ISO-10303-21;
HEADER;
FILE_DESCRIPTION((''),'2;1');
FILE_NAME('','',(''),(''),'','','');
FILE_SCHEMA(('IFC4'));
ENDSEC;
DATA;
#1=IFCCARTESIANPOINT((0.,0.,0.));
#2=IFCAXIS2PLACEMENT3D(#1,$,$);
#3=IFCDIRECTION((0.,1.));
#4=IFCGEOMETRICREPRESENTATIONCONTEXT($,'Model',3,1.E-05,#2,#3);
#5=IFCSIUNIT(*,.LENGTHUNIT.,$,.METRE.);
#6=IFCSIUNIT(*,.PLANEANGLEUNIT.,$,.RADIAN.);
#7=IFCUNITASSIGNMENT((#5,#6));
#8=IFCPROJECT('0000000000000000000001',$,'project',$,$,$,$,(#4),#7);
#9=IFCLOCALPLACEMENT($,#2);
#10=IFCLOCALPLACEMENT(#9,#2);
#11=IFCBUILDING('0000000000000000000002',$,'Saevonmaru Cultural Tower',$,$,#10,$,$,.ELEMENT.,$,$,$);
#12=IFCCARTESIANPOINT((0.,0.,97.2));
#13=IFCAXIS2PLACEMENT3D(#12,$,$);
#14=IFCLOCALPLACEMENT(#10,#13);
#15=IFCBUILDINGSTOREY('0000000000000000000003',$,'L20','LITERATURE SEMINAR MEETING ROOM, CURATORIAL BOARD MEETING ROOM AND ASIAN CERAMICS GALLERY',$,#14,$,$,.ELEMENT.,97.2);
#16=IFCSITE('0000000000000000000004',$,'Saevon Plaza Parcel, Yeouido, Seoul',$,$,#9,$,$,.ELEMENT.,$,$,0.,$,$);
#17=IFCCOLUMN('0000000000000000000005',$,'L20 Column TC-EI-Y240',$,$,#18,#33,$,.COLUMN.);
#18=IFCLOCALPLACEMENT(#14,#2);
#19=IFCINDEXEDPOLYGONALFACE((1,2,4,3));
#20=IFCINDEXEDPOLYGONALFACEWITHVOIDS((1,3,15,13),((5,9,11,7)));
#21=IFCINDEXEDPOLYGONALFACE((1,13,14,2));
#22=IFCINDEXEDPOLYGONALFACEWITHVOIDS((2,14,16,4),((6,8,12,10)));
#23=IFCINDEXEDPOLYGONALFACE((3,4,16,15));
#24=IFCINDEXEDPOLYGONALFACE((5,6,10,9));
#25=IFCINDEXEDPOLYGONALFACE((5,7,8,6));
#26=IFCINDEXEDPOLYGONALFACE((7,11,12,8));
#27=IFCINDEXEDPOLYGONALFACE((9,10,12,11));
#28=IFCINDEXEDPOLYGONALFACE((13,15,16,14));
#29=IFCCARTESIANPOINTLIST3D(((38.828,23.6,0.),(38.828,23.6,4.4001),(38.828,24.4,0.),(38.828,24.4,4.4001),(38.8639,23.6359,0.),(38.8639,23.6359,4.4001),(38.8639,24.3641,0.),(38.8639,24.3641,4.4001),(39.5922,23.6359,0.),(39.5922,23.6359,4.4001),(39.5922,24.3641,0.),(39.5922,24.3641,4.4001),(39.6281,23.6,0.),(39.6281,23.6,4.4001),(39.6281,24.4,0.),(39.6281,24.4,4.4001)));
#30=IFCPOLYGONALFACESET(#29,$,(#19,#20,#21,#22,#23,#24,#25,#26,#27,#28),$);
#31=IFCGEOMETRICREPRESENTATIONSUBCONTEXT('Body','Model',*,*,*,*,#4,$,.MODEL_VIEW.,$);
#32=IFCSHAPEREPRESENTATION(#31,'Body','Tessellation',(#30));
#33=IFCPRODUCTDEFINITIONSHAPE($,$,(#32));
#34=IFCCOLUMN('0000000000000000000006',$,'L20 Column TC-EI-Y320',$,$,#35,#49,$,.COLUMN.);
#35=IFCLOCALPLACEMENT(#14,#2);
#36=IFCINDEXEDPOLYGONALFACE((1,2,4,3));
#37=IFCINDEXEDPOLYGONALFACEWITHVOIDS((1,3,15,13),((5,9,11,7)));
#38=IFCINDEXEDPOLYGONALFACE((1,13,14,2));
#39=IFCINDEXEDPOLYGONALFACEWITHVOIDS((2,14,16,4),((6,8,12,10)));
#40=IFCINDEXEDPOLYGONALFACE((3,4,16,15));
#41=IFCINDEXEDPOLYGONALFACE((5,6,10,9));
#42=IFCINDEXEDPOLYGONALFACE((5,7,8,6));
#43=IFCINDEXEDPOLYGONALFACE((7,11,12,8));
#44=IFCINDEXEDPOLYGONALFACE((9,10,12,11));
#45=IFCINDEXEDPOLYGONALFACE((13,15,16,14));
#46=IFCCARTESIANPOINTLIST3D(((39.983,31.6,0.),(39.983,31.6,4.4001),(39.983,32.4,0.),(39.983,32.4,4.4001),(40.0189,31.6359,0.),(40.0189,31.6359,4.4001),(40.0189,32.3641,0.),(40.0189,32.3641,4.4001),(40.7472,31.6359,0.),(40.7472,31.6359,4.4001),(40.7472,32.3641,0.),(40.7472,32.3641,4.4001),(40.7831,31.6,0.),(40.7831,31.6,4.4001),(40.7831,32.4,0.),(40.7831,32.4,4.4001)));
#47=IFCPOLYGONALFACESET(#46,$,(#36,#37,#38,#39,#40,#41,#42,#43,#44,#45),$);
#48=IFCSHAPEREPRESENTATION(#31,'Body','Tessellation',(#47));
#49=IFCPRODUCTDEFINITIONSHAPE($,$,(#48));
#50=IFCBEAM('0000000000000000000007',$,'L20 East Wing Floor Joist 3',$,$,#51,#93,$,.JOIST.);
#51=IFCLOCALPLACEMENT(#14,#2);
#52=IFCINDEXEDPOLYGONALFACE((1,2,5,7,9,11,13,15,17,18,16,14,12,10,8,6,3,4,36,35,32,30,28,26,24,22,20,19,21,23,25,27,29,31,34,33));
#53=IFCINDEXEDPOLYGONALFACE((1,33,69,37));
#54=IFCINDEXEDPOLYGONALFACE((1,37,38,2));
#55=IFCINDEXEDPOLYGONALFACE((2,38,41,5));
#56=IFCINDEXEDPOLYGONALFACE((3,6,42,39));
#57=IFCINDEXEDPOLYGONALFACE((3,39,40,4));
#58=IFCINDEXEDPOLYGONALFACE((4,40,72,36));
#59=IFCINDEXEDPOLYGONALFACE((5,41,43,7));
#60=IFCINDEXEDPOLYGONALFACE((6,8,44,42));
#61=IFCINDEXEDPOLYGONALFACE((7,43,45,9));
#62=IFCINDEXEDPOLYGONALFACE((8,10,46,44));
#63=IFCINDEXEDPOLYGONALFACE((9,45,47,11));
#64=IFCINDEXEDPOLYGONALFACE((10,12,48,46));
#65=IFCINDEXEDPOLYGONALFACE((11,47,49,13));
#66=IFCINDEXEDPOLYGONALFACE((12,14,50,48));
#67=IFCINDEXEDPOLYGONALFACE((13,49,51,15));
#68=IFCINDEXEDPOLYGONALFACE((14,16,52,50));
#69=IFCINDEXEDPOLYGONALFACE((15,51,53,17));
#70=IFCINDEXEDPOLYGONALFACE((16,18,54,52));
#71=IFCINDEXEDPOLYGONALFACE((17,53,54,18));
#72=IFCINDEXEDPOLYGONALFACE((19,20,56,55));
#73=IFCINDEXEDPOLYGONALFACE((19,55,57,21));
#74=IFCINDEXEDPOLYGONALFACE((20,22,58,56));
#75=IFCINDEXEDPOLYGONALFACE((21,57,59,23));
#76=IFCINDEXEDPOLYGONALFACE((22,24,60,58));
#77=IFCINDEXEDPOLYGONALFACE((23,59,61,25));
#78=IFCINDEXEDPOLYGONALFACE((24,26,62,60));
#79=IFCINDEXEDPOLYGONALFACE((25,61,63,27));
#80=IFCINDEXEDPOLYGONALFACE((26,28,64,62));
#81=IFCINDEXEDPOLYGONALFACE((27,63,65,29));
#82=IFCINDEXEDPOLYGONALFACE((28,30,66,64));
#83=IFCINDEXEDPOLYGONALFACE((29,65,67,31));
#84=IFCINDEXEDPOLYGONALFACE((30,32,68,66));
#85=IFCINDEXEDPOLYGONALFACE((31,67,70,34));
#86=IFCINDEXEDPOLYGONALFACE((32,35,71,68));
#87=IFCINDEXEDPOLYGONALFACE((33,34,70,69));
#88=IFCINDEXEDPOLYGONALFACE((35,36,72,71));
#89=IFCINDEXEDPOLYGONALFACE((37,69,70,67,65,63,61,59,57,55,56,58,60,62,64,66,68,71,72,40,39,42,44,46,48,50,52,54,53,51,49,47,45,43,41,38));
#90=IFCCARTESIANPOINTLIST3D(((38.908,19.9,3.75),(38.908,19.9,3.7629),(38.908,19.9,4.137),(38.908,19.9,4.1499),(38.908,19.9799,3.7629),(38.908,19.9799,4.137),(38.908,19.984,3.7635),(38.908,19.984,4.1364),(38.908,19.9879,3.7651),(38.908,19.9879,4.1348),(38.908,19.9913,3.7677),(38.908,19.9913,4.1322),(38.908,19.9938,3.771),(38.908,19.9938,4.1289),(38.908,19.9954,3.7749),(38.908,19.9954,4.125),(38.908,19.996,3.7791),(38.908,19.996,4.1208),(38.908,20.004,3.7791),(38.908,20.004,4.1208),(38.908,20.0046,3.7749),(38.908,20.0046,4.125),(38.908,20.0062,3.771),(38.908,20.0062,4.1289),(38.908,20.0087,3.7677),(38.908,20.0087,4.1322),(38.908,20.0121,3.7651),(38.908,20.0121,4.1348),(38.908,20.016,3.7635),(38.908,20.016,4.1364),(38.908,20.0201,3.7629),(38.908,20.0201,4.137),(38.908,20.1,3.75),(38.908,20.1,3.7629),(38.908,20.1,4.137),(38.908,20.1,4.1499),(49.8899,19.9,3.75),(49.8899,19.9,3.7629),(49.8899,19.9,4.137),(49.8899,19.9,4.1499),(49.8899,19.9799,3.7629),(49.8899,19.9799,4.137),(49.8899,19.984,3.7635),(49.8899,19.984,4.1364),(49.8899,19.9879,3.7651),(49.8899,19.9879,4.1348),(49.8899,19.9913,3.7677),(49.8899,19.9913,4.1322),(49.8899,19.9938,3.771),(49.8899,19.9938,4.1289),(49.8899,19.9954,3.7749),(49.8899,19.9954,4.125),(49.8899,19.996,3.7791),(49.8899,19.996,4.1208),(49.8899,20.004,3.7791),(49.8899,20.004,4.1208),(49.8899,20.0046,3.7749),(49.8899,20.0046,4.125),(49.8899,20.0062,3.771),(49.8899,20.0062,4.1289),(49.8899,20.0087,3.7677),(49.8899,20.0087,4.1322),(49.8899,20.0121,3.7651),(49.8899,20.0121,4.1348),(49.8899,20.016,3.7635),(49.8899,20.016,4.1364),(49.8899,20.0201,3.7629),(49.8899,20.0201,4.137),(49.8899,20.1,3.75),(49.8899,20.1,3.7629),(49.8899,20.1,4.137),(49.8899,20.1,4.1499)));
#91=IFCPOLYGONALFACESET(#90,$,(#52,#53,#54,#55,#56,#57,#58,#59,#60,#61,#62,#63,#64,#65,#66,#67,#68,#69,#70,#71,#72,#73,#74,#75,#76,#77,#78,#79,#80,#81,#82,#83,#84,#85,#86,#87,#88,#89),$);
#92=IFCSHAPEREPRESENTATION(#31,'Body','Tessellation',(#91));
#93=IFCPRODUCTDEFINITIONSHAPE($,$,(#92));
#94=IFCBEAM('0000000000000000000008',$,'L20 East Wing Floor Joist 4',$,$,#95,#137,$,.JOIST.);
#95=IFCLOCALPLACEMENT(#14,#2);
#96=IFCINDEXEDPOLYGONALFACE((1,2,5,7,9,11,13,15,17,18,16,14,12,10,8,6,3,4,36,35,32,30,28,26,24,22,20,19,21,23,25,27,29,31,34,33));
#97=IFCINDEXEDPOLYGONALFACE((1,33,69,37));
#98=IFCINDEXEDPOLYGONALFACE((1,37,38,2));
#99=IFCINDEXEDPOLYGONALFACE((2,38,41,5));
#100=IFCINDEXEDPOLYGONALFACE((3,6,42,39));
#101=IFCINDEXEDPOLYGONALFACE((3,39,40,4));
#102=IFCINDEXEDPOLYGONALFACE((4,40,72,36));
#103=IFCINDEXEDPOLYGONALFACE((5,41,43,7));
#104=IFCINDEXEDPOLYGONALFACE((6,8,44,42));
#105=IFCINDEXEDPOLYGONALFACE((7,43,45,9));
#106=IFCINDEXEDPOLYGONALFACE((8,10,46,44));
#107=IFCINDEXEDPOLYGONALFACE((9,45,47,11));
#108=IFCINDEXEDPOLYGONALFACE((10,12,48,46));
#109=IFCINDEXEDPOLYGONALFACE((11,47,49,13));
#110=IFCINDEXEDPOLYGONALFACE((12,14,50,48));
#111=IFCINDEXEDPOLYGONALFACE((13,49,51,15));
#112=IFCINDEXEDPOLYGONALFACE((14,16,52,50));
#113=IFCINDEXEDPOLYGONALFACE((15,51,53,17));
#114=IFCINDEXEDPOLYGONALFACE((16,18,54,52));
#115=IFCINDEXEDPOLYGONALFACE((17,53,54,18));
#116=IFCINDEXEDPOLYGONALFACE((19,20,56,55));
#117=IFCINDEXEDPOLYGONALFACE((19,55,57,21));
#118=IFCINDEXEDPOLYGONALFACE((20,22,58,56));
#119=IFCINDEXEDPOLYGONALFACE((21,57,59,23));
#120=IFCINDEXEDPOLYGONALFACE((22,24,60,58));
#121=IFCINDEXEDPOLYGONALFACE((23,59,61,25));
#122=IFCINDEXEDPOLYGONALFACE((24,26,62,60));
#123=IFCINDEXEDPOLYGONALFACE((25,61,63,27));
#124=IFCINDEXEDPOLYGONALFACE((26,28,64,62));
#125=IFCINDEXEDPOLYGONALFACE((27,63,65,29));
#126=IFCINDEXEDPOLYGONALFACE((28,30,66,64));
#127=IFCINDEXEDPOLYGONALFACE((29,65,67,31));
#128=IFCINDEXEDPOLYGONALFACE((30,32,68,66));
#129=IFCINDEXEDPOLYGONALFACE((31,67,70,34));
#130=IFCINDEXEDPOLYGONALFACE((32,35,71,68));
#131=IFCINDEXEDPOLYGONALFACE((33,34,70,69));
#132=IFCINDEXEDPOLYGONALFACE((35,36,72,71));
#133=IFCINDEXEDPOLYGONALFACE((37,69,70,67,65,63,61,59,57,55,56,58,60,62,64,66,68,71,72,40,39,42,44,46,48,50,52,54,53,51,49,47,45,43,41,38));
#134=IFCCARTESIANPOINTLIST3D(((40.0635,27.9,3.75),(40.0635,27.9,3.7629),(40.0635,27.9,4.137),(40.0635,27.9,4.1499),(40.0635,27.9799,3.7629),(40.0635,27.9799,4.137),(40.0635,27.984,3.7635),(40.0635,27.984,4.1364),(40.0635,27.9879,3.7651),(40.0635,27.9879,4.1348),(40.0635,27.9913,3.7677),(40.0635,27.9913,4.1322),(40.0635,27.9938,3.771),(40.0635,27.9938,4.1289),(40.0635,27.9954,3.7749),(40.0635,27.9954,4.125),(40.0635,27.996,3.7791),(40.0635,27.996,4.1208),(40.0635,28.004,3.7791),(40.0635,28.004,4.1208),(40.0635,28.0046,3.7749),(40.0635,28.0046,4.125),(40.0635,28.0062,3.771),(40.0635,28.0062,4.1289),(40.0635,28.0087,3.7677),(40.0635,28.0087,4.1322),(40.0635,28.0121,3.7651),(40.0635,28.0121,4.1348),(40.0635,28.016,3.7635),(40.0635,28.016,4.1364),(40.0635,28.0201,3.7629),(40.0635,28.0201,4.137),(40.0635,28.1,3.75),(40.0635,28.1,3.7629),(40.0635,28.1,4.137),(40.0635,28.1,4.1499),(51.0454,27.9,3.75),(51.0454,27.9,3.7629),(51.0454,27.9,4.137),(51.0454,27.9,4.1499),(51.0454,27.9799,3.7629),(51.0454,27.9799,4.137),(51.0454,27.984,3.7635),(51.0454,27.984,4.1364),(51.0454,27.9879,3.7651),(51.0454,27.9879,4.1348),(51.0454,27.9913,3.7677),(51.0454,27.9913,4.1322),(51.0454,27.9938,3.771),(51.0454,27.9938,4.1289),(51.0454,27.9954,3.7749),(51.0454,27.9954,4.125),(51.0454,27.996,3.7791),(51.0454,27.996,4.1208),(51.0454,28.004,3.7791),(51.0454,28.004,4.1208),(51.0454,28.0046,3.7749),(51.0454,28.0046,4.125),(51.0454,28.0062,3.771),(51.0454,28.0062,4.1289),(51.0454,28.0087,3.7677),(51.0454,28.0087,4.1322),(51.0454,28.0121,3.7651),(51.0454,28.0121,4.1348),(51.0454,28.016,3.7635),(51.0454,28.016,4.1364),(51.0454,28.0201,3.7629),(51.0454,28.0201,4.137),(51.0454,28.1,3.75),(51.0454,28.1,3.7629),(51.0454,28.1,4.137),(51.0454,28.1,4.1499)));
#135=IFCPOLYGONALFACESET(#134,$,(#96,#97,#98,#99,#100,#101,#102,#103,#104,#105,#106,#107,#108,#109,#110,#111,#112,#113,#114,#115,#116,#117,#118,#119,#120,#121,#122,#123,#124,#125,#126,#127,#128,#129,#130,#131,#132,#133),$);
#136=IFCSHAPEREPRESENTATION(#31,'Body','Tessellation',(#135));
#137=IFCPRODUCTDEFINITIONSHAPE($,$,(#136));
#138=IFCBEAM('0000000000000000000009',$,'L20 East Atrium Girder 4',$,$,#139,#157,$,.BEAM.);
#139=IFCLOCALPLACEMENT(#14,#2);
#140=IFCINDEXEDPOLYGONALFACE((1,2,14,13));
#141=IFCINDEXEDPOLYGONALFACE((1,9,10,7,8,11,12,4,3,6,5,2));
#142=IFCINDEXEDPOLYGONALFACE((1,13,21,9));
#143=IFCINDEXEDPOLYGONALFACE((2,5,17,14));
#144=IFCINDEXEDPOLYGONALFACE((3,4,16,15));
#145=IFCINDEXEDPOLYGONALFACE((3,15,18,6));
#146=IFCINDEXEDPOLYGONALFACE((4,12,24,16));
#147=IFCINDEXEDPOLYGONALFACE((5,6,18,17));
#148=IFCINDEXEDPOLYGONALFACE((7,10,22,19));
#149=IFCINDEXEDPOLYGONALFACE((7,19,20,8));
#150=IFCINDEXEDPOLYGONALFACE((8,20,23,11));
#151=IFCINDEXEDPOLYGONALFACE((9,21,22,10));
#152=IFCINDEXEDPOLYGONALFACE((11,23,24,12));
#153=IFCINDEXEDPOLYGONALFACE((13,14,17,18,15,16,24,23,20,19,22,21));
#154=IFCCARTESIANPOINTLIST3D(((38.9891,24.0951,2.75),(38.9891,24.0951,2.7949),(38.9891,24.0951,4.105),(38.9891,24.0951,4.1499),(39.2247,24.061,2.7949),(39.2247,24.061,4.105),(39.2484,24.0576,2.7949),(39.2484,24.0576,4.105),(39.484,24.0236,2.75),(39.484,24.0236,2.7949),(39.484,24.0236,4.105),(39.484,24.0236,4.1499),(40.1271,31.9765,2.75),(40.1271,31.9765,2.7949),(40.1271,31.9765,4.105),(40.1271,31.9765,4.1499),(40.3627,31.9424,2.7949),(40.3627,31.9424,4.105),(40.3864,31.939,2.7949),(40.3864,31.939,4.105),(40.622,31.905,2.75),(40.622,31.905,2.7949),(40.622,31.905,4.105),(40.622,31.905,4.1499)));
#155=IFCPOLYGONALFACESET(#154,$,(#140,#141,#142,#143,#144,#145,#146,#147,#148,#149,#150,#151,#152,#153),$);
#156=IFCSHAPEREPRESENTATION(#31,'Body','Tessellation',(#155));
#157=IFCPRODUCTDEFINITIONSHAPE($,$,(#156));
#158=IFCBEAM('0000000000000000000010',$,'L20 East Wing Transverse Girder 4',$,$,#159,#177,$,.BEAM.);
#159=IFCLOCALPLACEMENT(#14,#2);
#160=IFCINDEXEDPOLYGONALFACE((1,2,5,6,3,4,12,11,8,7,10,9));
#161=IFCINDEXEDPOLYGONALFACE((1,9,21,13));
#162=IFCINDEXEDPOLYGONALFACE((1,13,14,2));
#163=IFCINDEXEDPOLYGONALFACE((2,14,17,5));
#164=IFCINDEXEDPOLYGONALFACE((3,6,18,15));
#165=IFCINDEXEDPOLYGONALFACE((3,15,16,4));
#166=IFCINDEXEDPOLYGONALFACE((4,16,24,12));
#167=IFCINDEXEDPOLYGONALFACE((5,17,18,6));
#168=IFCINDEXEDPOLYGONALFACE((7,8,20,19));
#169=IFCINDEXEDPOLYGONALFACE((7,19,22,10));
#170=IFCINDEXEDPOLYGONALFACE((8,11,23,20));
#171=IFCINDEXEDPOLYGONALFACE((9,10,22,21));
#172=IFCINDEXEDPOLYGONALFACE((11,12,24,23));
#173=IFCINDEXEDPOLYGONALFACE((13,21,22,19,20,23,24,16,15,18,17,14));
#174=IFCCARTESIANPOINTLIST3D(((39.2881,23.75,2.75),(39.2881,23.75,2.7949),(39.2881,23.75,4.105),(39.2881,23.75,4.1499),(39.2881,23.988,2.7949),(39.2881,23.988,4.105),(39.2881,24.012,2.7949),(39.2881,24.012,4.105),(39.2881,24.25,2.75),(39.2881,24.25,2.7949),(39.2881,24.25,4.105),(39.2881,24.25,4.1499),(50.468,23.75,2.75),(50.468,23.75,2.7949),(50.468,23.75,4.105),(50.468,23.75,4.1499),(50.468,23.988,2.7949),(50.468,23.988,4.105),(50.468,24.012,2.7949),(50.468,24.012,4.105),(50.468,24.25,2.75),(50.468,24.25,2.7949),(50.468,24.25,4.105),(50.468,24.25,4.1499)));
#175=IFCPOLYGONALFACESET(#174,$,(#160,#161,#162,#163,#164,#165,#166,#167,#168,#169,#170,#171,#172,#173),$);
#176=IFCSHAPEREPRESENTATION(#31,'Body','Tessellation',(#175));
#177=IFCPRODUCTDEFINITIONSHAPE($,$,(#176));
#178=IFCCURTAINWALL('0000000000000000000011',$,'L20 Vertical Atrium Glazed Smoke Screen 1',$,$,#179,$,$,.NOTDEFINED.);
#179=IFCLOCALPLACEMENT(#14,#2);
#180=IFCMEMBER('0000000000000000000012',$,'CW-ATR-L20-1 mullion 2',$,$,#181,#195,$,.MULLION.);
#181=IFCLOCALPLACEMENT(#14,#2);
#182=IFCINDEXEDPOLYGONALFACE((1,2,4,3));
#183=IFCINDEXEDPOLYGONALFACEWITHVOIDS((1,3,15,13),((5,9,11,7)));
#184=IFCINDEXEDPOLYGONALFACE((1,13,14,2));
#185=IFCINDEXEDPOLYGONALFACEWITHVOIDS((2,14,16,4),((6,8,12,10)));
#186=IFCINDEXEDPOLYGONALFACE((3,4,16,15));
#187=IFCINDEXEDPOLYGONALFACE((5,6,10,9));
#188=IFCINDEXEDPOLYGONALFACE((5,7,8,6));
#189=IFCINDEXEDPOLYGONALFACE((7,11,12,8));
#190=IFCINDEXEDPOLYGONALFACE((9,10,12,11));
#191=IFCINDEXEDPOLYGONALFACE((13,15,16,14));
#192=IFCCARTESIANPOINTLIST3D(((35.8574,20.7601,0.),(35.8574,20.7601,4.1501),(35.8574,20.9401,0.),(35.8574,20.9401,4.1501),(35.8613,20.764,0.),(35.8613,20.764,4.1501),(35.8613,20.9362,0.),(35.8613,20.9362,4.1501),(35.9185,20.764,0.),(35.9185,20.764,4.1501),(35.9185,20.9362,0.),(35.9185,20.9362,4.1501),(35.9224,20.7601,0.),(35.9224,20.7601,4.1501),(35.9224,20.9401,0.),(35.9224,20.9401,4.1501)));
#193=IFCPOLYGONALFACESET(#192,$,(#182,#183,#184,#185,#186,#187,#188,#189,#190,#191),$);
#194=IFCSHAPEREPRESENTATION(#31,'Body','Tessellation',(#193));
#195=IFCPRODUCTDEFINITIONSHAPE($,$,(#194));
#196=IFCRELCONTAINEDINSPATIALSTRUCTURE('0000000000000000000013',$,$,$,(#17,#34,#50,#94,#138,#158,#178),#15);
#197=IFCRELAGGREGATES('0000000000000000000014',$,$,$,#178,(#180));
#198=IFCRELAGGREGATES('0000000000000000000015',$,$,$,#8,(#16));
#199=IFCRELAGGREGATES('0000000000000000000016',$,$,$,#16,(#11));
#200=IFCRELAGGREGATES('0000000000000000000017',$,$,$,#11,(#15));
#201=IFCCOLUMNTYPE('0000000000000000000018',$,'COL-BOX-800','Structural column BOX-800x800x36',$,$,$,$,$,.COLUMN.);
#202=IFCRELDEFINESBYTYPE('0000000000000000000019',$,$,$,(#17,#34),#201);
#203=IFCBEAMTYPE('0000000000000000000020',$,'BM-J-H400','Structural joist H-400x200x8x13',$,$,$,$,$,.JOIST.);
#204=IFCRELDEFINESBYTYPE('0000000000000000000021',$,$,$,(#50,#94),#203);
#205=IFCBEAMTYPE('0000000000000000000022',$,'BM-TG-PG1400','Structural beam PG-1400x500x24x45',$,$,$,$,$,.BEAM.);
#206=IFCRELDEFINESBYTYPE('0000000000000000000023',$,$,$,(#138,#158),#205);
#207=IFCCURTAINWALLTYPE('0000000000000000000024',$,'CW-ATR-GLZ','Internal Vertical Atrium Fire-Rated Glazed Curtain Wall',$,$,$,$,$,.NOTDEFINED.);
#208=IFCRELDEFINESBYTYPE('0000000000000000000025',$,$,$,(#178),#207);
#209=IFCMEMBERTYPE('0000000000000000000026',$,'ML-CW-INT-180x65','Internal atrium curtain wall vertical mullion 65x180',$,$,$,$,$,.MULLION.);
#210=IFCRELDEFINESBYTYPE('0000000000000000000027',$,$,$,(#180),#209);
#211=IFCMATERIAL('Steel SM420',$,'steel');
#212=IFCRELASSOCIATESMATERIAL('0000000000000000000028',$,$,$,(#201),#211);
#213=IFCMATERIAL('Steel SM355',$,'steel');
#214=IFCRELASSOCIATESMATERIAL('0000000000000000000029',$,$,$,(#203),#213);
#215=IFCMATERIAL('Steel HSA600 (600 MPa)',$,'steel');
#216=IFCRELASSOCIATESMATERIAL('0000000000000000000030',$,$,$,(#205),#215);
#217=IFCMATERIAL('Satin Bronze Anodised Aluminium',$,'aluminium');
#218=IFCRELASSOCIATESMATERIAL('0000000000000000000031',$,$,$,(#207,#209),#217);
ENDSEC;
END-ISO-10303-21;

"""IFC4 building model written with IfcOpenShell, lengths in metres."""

from ifc_helpers import new_model, si_unit, direction, frame, origin, origin_2d, place, context, subcontext, project, spatial, hollow_rectangle, i_section, extrude, material, material_profile, profile_set, type_object, element, aggregate, save


model = new_model("IFC4")

# Units and contexts
model_context = context("Model", 3, precision=1e-05, world=origin(), true_north=direction((0.0, 1.0)))
body_context = subcontext(model_context, "Body", "Model", "MODEL_VIEW")
ifc_project = project(units=[si_unit("LENGTHUNIT", "METRE"), si_unit("PLANEANGLEUNIT", "RADIAN")], contexts=[model_context])

# Site, building, storey
site_placement = place(None, origin())
site = spatial("IfcSite", under=ifc_project, at=site_placement, Name="Saevon Plaza Parcel, Yeouido, Seoul", CompositionType="ELEMENT", RefElevation=0.0)
building_placement = place(site_placement, origin())
building = spatial("IfcBuilding", under=site, at=building_placement, Name="Saevonmaru Cultural Tower", CompositionType="ELEMENT")
storey_placement = place(building_placement, frame((0.0, 0.0, 97.2)))
storey = spatial("IfcBuildingStorey", under=building, at=storey_placement, Name="L20", Description="LITERATURE SEMINAR MEETING ROOM, CURATORIAL BOARD MEETING ROOM AND ASIAN CERAMICS GALLERY", CompositionType="ELEMENT", Elevation=97.2)

# Columns
ifc_material_1 = material(Name="Steel SM420", Category="steel")
ifc_material_profile_1 = material_profile(ifc_material_1, hollow_rectangle(XDim=0.8, YDim=0.8, WallThickness=0.0359, at=origin_2d()), Name="BOX-800x800x36")
ifc_profile_set_1 = profile_set([ifc_material_profile_1], Name="Steel SM420")
column_type = type_object("IfcColumnType", Name="COL-BOX-800", Description="Structural column BOX-800x800x36", PredefinedType="COLUMN", material=ifc_profile_set_1)
for number, where, z_axis, x_axis, name in (
    (1, (39.228, 24.0, 0.0), (0.0, 0.0, 1.0), (1.0, 0.0, 0.0), "L20 Column TC-EI-Y240"),
    (2, (40.3831, 32.0, 0.0), (0.0, 0.0, 1.0), (1.0, 0.0, 0.0), "L20 Column TC-EI-Y320"),
):
    element("IfcColumn", number, at=place(storey_placement, frame(where, z_axis=z_axis, x_axis=x_axis)), inside=storey, type_object=column_type, Name=name, PredefinedType="COLUMN", context=body_context, shape_type="SweptSolid", body=[
        extrude(hollow_rectangle(XDim=0.8, YDim=0.8, WallThickness=0.0359, at=origin_2d()), origin(), (0.0, 0.0, 1.0), 4.4001),
    ])

# Beams
ifc_material_2 = material(Name="Steel SM355", Category="steel")
ifc_material_profile_2 = material_profile(ifc_material_2, i_section(OverallWidth=0.2, OverallDepth=0.3999, WebThickness=0.0081, FlangeThickness=0.0129, FilletRadius=0.0161, at=origin_2d()), Name="H-400x200x8x13")
ifc_profile_set_2 = profile_set([ifc_material_profile_2], Name="Steel SM355")
beam_type_1 = type_object("IfcBeamType", Name="BM-J-H400", Description="Structural joist H-400x200x8x13", PredefinedType="JOIST", material=ifc_profile_set_2)
for number, where, z_axis, x_axis, name in (
    (3, (38.908, 20.0, 3.95), (1.0, 0.0, 0.0), (0.0, 1.0, 0.0), "L20 East Wing Floor Joist 3"),
    (4, (40.0635, 28.0, 3.95), (1.0, 0.0, 0.0), (0.0, 1.0, 0.0), "L20 East Wing Floor Joist 4"),
):
    element("IfcBeam", number, at=place(storey_placement, frame(where, z_axis=z_axis, x_axis=x_axis)), inside=storey, type_object=beam_type_1, Name=name, PredefinedType="JOIST", context=body_context, shape_type="SweptSolid", body=[
        extrude(i_section(OverallWidth=0.2, OverallDepth=0.3999, WebThickness=0.0081, FlangeThickness=0.0129, FilletRadius=0.0161, at=origin_2d()), origin(), (0.0, 0.0, 1.0), 10.9819),
    ])
ifc_material_3 = material(Name="Steel HSA600 (600 MPa)", Category="steel")
ifc_material_profile_3 = material_profile(ifc_material_3, i_section(OverallWidth=0.5, OverallDepth=1.3999, WebThickness=0.0239, FlangeThickness=0.0449, at=origin_2d()), Name="PG-1400x500x24x45")
ifc_profile_set_3 = profile_set([ifc_material_profile_3], Name="Steel HSA600 (600 MPa)")
beam_type_2 = type_object("IfcBeamType", Name="BM-TG-PG1400", Description="Structural beam PG-1400x500x24x45", PredefinedType="BEAM", material=ifc_profile_set_3)
beam_1_placement = place(storey_placement, frame((39.2366, 24.0593, 3.45), z_axis=(0.142902, 0.989737, 0.0), x_axis=(-0.989737, 0.142902, 0.0)))
element("IfcBeam", 5, at=beam_1_placement, inside=storey, type_object=beam_type_2, Name="L20 East Atrium Girder 4", PredefinedType="BEAM", context=body_context, shape_type="SweptSolid", body=[
    extrude(i_section(OverallWidth=0.5, OverallDepth=1.3999, WebThickness=0.0239, FlangeThickness=0.0449, at=origin_2d()), origin(), (0.0, 0.0, 1.0), 7.9631),
])
beam_2_placement = place(storey_placement, frame((39.2881, 24.0, 3.45), z_axis=(1.0, 0.0, 0.0), x_axis=(0.0, 1.0, 0.0)))
element("IfcBeam", 6, at=beam_2_placement, inside=storey, type_object=beam_type_2, Name="L20 East Wing Transverse Girder 4", PredefinedType="BEAM", context=body_context, shape_type="SweptSolid", body=[
    extrude(i_section(OverallWidth=0.5, OverallDepth=1.3999, WebThickness=0.0239, FlangeThickness=0.0449, at=origin_2d()), origin(), (0.0, 0.0, 1.0), 11.1799),
])

# Curtain wall, member
ifc_material_4 = material(Name="Satin Bronze Anodised Aluminium", Category="aluminium")
curtain_wall_type = type_object("IfcCurtainWallType", Name="CW-ATR-GLZ", Description="Internal Vertical Atrium Fire-Rated Glazed Curtain Wall", PredefinedType="NOTDEFINED", material=ifc_material_4)
curtain_wall_1_placement = place(storey_placement, origin())
curtain_wall_1 = element("IfcCurtainWall", 7, at=curtain_wall_1_placement, inside=storey, type_object=curtain_wall_type, Name="L20 Vertical Atrium Glazed Smoke Screen 1", PredefinedType="NOTDEFINED")
ifc_material_profile_4 = material_profile(ifc_material_4, hollow_rectangle(XDim=0.0649, YDim=0.1799, WallThickness=0.0039, at=origin_2d()), Name="ALU-MULL-180x65x4")
ifc_profile_set_4 = profile_set([ifc_material_profile_4], Name="Satin Bronze Anodised Aluminium")
member_type_1 = type_object("IfcMemberType", Name="ML-CW-INT-180x65", Description="Internal atrium curtain wall vertical mullion 65x180", PredefinedType="MULLION", material=ifc_profile_set_4)
member_1_placement = place(storey_placement, frame((35.8899, 20.8501, 0.0), z_axis=(0.0, 0.0, 1.0), x_axis=(1.0, 0.0, 0.0)))
member_1 = element("IfcMember", 8, at=member_1_placement, type_object=member_type_1, Name="CW-ATR-L20-1 mullion 2", PredefinedType="MULLION", context=body_context, shape_type="SweptSolid", body=[
    extrude(hollow_rectangle(XDim=0.0649, YDim=0.1799, WallThickness=0.0039, at=origin_2d()), origin(), (0.0, 0.0, 1.0), 4.1501),
])

aggregate(curtain_wall_1, [member_1])

save(model, "model.ifc")
